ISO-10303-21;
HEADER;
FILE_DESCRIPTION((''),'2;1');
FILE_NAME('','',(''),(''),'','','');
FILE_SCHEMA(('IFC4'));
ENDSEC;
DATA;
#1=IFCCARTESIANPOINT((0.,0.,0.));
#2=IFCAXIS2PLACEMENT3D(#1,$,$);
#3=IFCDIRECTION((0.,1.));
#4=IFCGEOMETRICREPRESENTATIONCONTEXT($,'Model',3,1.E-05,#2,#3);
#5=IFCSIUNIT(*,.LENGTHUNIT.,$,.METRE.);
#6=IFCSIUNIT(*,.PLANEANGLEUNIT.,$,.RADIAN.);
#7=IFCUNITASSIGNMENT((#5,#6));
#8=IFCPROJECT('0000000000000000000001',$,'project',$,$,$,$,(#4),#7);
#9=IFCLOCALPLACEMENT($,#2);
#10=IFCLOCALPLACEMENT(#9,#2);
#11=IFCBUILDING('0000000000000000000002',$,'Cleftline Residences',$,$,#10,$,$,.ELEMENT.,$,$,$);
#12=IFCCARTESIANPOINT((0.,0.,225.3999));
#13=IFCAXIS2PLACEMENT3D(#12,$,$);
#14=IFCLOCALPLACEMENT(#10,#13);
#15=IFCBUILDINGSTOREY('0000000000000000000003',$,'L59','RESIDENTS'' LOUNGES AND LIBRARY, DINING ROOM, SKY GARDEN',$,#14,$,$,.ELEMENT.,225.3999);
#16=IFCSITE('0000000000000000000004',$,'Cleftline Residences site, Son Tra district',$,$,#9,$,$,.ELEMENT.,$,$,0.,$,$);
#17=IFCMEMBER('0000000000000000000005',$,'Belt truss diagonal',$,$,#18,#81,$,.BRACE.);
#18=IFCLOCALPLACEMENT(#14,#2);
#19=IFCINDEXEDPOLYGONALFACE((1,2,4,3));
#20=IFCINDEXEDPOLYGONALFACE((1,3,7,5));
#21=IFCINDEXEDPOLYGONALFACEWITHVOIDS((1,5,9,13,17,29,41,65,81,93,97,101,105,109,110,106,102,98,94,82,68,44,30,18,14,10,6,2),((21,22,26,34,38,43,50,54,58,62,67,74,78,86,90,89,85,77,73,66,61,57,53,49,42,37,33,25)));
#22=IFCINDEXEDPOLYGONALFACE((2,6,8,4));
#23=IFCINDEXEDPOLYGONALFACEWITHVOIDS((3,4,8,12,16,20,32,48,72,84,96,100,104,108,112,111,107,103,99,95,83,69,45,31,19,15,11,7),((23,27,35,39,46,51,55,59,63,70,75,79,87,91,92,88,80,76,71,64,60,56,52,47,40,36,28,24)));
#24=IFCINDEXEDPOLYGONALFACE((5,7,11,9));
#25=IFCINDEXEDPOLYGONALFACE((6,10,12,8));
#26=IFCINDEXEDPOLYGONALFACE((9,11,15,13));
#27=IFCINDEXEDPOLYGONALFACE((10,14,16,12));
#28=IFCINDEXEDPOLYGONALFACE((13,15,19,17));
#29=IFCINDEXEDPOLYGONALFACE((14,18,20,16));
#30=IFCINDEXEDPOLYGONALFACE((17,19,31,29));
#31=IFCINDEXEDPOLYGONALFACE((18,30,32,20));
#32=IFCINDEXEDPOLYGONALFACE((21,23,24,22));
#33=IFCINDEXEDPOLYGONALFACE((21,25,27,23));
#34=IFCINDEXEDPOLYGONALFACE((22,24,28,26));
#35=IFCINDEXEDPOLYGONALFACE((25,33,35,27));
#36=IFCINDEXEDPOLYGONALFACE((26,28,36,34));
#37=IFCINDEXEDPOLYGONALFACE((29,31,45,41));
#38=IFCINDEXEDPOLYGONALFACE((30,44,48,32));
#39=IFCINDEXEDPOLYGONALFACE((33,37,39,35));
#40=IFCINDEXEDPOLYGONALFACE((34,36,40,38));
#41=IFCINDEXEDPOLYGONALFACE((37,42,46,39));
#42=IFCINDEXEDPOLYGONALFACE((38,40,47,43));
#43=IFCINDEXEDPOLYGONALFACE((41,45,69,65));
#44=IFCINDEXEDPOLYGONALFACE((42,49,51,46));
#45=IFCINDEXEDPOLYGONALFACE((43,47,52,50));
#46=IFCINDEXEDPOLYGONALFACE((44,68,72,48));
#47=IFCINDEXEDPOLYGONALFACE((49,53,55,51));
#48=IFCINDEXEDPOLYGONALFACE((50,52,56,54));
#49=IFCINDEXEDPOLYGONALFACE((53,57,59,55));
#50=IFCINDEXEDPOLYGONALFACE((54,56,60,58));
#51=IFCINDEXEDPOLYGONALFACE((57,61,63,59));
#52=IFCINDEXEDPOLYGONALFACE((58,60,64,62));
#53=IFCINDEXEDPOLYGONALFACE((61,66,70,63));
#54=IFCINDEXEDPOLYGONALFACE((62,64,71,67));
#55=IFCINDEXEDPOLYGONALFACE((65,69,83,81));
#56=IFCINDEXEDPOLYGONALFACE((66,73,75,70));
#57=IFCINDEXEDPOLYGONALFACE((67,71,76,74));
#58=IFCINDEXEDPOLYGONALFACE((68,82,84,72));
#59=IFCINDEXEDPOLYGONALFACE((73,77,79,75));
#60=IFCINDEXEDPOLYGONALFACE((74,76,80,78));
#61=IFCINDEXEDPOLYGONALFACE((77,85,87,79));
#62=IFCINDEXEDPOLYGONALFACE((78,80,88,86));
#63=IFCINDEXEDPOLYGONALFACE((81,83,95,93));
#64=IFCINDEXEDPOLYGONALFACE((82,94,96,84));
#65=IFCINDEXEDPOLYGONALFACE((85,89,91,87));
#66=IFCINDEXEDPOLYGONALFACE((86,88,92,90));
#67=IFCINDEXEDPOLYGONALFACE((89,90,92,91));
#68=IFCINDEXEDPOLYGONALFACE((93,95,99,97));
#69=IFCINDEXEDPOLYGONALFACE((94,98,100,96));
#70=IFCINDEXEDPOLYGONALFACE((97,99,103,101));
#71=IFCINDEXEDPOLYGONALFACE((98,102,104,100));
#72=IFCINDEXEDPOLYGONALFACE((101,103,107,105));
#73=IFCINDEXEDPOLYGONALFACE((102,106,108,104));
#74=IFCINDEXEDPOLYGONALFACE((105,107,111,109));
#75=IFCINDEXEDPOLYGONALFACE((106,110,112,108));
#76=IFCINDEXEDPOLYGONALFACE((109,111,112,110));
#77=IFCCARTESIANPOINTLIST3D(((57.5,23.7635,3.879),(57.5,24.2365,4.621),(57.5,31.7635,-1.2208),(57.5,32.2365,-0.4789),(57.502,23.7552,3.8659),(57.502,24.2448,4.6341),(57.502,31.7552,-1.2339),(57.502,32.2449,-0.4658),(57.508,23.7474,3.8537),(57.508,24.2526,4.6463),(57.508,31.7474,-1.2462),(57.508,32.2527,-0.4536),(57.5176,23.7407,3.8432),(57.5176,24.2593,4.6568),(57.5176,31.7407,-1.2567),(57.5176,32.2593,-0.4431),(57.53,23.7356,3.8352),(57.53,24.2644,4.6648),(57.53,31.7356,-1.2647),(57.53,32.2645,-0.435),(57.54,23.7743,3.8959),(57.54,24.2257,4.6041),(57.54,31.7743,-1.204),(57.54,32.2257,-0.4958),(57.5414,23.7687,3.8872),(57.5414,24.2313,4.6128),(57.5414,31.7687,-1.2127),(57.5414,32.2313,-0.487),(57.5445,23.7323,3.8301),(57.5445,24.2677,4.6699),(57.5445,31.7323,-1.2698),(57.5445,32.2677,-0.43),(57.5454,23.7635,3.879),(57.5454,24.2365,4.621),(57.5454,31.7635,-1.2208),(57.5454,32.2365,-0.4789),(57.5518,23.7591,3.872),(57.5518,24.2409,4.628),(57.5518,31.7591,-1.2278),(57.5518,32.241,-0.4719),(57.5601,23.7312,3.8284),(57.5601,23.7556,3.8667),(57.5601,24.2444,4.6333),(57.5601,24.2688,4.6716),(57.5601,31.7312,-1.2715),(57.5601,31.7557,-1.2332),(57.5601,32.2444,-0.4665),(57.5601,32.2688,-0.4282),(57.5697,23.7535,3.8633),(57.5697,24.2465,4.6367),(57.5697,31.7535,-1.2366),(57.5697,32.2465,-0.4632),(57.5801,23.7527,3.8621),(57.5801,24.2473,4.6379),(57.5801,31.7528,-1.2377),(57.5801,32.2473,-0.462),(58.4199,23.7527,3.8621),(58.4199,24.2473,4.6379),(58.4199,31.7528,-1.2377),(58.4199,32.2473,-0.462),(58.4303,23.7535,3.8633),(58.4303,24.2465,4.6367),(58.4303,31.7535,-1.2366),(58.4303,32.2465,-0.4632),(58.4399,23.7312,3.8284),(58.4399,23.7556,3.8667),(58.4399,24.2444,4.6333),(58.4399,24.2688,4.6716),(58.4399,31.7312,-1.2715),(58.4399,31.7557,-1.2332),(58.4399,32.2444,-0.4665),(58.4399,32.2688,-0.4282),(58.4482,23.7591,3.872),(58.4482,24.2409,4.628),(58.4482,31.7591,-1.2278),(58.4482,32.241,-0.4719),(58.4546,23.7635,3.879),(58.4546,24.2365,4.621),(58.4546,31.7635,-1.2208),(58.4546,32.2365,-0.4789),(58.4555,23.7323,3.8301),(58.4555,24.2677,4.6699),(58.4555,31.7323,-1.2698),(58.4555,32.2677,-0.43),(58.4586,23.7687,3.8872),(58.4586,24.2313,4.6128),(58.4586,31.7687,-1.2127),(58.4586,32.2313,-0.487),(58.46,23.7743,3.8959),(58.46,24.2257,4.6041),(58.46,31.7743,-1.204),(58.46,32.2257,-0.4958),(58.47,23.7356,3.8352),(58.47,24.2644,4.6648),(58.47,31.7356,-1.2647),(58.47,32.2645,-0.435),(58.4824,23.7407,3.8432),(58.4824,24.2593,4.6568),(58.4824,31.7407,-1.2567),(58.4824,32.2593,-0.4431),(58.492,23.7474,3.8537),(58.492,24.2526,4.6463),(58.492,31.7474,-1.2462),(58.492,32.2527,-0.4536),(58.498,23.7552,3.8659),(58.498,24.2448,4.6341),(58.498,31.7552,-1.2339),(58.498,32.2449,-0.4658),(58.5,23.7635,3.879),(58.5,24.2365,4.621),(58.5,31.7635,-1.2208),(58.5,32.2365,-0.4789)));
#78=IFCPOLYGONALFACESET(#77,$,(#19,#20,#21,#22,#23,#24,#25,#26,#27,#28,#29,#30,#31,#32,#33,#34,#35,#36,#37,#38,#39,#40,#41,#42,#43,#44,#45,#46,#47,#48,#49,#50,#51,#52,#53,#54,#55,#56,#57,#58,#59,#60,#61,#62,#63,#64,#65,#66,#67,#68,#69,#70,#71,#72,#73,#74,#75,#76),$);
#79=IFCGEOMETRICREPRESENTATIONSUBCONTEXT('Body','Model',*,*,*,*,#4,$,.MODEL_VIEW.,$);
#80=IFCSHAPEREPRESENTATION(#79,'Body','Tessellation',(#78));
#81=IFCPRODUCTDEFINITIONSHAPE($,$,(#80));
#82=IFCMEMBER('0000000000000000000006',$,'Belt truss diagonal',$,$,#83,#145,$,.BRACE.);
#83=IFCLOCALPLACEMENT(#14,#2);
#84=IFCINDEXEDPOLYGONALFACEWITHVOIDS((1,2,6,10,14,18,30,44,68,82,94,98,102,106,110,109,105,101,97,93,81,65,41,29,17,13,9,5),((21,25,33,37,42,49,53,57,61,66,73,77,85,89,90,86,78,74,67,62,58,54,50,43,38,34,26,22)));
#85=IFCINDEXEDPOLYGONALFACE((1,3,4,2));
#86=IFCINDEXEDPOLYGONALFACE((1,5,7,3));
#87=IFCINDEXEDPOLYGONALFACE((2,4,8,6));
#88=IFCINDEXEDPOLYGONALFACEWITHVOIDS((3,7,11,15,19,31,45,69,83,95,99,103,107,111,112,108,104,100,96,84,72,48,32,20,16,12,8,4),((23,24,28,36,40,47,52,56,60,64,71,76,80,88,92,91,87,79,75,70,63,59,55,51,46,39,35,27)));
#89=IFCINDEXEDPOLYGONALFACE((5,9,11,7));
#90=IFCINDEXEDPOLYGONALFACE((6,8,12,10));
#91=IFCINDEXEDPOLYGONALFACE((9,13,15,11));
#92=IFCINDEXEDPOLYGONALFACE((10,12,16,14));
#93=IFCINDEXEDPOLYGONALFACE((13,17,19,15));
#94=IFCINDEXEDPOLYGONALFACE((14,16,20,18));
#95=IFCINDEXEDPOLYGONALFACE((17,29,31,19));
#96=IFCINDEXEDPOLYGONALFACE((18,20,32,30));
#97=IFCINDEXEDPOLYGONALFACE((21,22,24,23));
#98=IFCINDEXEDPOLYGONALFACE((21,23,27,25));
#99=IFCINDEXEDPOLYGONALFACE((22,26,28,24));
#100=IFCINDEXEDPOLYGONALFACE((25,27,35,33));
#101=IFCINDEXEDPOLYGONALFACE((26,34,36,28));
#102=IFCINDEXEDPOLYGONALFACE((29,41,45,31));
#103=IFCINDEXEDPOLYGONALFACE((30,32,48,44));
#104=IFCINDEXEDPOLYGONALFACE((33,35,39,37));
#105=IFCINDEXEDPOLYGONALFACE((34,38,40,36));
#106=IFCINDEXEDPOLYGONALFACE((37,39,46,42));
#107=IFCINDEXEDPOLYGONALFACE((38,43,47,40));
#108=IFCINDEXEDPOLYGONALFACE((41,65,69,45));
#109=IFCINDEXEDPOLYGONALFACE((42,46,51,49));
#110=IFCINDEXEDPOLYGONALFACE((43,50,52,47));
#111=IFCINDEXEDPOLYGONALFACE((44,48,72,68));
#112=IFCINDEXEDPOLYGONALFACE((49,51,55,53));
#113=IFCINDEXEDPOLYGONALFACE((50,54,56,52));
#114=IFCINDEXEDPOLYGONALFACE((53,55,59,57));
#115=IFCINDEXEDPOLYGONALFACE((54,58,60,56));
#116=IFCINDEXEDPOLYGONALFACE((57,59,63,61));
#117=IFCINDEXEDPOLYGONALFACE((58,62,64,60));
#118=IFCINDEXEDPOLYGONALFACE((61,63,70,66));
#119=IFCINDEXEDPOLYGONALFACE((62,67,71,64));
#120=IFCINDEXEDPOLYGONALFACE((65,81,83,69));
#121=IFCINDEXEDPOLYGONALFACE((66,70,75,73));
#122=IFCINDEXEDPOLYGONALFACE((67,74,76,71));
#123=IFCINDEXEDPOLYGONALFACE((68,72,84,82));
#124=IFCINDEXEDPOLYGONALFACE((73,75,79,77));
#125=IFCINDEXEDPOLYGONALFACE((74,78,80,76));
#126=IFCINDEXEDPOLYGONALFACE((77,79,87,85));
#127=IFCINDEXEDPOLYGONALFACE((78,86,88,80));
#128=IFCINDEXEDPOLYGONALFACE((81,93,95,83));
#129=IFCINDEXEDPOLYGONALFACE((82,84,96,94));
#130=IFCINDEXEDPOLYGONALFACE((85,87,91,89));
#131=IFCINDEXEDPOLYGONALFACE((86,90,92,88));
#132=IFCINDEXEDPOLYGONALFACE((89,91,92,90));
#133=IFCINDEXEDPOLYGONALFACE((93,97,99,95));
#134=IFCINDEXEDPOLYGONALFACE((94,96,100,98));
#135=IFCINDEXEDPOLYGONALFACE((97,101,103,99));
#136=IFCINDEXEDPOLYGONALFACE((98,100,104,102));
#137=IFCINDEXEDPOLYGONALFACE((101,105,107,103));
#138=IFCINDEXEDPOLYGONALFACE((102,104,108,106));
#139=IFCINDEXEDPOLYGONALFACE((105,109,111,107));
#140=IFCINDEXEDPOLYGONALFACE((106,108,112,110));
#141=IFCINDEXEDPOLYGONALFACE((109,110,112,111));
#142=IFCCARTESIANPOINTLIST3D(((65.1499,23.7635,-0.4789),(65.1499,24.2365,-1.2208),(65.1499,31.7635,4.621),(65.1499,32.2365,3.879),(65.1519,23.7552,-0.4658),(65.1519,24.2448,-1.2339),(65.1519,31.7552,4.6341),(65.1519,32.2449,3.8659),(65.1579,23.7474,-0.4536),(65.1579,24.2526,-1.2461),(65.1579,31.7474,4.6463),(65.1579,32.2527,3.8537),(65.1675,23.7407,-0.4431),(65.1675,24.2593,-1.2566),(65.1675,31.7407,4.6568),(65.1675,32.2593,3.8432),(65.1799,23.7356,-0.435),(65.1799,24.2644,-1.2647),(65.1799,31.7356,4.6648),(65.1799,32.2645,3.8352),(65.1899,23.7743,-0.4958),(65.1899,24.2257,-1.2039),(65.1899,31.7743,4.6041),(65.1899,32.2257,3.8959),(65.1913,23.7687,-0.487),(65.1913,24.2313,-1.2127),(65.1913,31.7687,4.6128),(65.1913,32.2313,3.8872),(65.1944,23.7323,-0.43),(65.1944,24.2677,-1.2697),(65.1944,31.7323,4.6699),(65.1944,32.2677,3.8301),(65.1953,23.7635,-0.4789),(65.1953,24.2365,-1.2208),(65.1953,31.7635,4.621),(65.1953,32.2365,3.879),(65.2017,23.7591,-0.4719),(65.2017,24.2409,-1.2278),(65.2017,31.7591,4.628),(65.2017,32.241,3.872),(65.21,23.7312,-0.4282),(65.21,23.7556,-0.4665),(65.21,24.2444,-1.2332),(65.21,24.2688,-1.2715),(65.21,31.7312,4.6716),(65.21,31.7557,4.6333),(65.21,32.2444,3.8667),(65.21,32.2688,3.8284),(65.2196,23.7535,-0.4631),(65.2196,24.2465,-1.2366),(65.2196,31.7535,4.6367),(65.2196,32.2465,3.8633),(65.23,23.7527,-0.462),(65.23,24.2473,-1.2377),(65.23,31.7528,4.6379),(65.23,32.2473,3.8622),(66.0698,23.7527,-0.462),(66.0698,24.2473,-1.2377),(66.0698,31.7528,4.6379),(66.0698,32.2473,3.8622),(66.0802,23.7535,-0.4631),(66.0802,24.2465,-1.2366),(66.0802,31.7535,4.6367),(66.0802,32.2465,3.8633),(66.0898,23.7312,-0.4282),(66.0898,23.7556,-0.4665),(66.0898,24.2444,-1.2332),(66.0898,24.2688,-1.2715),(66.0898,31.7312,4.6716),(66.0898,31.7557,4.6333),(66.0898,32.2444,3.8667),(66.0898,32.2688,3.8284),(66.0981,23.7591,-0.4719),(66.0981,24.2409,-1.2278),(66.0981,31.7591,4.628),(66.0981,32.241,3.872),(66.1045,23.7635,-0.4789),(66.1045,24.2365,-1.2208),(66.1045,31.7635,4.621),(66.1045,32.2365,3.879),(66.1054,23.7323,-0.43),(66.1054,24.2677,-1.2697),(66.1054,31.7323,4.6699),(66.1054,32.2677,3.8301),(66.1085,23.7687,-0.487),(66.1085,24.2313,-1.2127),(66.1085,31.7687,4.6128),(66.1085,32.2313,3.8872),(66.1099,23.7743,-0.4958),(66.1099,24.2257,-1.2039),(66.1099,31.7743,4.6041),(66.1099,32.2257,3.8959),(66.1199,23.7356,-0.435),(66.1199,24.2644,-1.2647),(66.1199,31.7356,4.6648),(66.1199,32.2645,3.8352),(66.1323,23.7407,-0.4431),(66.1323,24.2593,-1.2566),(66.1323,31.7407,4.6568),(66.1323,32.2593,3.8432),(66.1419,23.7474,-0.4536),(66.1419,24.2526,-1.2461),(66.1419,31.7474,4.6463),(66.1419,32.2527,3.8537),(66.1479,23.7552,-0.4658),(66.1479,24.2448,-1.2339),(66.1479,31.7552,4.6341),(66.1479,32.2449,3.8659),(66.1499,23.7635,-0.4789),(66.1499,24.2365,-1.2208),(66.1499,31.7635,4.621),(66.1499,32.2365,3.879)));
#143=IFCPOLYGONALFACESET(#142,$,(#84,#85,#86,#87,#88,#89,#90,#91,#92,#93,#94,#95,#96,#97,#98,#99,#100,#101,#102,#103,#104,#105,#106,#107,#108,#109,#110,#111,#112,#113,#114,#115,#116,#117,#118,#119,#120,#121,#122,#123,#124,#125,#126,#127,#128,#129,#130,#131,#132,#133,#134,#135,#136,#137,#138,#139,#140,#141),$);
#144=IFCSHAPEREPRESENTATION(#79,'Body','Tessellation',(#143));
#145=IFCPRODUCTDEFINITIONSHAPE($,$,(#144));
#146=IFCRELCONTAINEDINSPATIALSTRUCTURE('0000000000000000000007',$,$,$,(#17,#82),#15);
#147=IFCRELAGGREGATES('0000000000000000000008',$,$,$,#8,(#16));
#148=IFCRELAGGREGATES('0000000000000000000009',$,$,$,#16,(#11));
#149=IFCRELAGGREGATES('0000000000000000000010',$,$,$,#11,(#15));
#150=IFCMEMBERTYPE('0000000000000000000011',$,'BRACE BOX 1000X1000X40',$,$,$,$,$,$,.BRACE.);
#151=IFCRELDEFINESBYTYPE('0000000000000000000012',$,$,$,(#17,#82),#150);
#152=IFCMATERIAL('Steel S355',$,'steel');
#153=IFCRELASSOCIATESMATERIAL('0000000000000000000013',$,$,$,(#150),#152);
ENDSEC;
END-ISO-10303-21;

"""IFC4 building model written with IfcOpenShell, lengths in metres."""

from ifc_helpers import new_model, si_unit, direction, frame, origin, origin_2d, place, context, subcontext, project, spatial, hollow_rectangle, extrude, material, material_profile, profile_set, type_object, element, save


model = new_model("IFC4")

# Units and contexts
model_context = context("Model", 3, precision=1e-05, world=origin(), true_north=direction((0.0, 1.0)))
body_context = subcontext(model_context, "Body", "Model", "MODEL_VIEW")
ifc_project = project(units=[si_unit("LENGTHUNIT", "METRE"), si_unit("PLANEANGLEUNIT", "RADIAN")], contexts=[model_context])

# Site, building, storey
site_placement = place(None, origin())
site = spatial("IfcSite", under=ifc_project, at=site_placement, Name="Cleftline Residences site, Son Tra district", CompositionType="ELEMENT", RefElevation=0.0)
building_placement = place(site_placement, origin())
building = spatial("IfcBuilding", under=site, at=building_placement, Name="Cleftline Residences", CompositionType="ELEMENT")
storey_placement = place(building_placement, frame((0.0, 0.0, 225.3999)))
storey = spatial("IfcBuildingStorey", under=building, at=storey_placement, Name="L59", Description="RESIDENTS' LOUNGES AND LIBRARY, DINING ROOM, SKY GARDEN", CompositionType="ELEMENT", Elevation=225.3999)

# Members
ifc_material_1 = material(Name="Steel S355", Category="steel")
ifc_material_profile_1 = material_profile(ifc_material_1, hollow_rectangle(XDim=1.0, YDim=1.0, WallThickness=0.04, InnerFilletRadius=0.04, OuterFilletRadius=0.0601, at=origin_2d()))
ifc_profile_set_1 = profile_set([ifc_material_profile_1], Name="Steel S355")
member_type_1 = type_object("IfcMemberType", Name="BRACE BOX 1000X1000X40", PredefinedType="BRACE", material=ifc_profile_set_1)
for number, where, z_axis, x_axis, name in (
    (1, (58.0, 24.0, 4.25), (0.0, 0.843234, -0.537546), (0.0, 0.537546, 0.843234), "Belt truss diagonal"),
    (2, (65.6499, 24.0, -0.8499), (0.0, 0.843234, 0.537546), (0.0, -0.537546, 0.843234), "Belt truss diagonal"),
):
    element("IfcMember", number, at=place(storey_placement, frame(where, z_axis=z_axis, x_axis=x_axis)), inside=storey, type_object=member_type_1, Name=name, PredefinedType="BRACE", context=body_context, shape_type="SweptSolid", body=[
        extrude(hollow_rectangle(XDim=1.0, YDim=1.0, WallThickness=0.04, InnerFilletRadius=0.04, OuterFilletRadius=0.0601, at=origin_2d()), origin(), (0.0, 0.0, 1.0), 9.4873),
    ])

save(model, "model.ifc")
